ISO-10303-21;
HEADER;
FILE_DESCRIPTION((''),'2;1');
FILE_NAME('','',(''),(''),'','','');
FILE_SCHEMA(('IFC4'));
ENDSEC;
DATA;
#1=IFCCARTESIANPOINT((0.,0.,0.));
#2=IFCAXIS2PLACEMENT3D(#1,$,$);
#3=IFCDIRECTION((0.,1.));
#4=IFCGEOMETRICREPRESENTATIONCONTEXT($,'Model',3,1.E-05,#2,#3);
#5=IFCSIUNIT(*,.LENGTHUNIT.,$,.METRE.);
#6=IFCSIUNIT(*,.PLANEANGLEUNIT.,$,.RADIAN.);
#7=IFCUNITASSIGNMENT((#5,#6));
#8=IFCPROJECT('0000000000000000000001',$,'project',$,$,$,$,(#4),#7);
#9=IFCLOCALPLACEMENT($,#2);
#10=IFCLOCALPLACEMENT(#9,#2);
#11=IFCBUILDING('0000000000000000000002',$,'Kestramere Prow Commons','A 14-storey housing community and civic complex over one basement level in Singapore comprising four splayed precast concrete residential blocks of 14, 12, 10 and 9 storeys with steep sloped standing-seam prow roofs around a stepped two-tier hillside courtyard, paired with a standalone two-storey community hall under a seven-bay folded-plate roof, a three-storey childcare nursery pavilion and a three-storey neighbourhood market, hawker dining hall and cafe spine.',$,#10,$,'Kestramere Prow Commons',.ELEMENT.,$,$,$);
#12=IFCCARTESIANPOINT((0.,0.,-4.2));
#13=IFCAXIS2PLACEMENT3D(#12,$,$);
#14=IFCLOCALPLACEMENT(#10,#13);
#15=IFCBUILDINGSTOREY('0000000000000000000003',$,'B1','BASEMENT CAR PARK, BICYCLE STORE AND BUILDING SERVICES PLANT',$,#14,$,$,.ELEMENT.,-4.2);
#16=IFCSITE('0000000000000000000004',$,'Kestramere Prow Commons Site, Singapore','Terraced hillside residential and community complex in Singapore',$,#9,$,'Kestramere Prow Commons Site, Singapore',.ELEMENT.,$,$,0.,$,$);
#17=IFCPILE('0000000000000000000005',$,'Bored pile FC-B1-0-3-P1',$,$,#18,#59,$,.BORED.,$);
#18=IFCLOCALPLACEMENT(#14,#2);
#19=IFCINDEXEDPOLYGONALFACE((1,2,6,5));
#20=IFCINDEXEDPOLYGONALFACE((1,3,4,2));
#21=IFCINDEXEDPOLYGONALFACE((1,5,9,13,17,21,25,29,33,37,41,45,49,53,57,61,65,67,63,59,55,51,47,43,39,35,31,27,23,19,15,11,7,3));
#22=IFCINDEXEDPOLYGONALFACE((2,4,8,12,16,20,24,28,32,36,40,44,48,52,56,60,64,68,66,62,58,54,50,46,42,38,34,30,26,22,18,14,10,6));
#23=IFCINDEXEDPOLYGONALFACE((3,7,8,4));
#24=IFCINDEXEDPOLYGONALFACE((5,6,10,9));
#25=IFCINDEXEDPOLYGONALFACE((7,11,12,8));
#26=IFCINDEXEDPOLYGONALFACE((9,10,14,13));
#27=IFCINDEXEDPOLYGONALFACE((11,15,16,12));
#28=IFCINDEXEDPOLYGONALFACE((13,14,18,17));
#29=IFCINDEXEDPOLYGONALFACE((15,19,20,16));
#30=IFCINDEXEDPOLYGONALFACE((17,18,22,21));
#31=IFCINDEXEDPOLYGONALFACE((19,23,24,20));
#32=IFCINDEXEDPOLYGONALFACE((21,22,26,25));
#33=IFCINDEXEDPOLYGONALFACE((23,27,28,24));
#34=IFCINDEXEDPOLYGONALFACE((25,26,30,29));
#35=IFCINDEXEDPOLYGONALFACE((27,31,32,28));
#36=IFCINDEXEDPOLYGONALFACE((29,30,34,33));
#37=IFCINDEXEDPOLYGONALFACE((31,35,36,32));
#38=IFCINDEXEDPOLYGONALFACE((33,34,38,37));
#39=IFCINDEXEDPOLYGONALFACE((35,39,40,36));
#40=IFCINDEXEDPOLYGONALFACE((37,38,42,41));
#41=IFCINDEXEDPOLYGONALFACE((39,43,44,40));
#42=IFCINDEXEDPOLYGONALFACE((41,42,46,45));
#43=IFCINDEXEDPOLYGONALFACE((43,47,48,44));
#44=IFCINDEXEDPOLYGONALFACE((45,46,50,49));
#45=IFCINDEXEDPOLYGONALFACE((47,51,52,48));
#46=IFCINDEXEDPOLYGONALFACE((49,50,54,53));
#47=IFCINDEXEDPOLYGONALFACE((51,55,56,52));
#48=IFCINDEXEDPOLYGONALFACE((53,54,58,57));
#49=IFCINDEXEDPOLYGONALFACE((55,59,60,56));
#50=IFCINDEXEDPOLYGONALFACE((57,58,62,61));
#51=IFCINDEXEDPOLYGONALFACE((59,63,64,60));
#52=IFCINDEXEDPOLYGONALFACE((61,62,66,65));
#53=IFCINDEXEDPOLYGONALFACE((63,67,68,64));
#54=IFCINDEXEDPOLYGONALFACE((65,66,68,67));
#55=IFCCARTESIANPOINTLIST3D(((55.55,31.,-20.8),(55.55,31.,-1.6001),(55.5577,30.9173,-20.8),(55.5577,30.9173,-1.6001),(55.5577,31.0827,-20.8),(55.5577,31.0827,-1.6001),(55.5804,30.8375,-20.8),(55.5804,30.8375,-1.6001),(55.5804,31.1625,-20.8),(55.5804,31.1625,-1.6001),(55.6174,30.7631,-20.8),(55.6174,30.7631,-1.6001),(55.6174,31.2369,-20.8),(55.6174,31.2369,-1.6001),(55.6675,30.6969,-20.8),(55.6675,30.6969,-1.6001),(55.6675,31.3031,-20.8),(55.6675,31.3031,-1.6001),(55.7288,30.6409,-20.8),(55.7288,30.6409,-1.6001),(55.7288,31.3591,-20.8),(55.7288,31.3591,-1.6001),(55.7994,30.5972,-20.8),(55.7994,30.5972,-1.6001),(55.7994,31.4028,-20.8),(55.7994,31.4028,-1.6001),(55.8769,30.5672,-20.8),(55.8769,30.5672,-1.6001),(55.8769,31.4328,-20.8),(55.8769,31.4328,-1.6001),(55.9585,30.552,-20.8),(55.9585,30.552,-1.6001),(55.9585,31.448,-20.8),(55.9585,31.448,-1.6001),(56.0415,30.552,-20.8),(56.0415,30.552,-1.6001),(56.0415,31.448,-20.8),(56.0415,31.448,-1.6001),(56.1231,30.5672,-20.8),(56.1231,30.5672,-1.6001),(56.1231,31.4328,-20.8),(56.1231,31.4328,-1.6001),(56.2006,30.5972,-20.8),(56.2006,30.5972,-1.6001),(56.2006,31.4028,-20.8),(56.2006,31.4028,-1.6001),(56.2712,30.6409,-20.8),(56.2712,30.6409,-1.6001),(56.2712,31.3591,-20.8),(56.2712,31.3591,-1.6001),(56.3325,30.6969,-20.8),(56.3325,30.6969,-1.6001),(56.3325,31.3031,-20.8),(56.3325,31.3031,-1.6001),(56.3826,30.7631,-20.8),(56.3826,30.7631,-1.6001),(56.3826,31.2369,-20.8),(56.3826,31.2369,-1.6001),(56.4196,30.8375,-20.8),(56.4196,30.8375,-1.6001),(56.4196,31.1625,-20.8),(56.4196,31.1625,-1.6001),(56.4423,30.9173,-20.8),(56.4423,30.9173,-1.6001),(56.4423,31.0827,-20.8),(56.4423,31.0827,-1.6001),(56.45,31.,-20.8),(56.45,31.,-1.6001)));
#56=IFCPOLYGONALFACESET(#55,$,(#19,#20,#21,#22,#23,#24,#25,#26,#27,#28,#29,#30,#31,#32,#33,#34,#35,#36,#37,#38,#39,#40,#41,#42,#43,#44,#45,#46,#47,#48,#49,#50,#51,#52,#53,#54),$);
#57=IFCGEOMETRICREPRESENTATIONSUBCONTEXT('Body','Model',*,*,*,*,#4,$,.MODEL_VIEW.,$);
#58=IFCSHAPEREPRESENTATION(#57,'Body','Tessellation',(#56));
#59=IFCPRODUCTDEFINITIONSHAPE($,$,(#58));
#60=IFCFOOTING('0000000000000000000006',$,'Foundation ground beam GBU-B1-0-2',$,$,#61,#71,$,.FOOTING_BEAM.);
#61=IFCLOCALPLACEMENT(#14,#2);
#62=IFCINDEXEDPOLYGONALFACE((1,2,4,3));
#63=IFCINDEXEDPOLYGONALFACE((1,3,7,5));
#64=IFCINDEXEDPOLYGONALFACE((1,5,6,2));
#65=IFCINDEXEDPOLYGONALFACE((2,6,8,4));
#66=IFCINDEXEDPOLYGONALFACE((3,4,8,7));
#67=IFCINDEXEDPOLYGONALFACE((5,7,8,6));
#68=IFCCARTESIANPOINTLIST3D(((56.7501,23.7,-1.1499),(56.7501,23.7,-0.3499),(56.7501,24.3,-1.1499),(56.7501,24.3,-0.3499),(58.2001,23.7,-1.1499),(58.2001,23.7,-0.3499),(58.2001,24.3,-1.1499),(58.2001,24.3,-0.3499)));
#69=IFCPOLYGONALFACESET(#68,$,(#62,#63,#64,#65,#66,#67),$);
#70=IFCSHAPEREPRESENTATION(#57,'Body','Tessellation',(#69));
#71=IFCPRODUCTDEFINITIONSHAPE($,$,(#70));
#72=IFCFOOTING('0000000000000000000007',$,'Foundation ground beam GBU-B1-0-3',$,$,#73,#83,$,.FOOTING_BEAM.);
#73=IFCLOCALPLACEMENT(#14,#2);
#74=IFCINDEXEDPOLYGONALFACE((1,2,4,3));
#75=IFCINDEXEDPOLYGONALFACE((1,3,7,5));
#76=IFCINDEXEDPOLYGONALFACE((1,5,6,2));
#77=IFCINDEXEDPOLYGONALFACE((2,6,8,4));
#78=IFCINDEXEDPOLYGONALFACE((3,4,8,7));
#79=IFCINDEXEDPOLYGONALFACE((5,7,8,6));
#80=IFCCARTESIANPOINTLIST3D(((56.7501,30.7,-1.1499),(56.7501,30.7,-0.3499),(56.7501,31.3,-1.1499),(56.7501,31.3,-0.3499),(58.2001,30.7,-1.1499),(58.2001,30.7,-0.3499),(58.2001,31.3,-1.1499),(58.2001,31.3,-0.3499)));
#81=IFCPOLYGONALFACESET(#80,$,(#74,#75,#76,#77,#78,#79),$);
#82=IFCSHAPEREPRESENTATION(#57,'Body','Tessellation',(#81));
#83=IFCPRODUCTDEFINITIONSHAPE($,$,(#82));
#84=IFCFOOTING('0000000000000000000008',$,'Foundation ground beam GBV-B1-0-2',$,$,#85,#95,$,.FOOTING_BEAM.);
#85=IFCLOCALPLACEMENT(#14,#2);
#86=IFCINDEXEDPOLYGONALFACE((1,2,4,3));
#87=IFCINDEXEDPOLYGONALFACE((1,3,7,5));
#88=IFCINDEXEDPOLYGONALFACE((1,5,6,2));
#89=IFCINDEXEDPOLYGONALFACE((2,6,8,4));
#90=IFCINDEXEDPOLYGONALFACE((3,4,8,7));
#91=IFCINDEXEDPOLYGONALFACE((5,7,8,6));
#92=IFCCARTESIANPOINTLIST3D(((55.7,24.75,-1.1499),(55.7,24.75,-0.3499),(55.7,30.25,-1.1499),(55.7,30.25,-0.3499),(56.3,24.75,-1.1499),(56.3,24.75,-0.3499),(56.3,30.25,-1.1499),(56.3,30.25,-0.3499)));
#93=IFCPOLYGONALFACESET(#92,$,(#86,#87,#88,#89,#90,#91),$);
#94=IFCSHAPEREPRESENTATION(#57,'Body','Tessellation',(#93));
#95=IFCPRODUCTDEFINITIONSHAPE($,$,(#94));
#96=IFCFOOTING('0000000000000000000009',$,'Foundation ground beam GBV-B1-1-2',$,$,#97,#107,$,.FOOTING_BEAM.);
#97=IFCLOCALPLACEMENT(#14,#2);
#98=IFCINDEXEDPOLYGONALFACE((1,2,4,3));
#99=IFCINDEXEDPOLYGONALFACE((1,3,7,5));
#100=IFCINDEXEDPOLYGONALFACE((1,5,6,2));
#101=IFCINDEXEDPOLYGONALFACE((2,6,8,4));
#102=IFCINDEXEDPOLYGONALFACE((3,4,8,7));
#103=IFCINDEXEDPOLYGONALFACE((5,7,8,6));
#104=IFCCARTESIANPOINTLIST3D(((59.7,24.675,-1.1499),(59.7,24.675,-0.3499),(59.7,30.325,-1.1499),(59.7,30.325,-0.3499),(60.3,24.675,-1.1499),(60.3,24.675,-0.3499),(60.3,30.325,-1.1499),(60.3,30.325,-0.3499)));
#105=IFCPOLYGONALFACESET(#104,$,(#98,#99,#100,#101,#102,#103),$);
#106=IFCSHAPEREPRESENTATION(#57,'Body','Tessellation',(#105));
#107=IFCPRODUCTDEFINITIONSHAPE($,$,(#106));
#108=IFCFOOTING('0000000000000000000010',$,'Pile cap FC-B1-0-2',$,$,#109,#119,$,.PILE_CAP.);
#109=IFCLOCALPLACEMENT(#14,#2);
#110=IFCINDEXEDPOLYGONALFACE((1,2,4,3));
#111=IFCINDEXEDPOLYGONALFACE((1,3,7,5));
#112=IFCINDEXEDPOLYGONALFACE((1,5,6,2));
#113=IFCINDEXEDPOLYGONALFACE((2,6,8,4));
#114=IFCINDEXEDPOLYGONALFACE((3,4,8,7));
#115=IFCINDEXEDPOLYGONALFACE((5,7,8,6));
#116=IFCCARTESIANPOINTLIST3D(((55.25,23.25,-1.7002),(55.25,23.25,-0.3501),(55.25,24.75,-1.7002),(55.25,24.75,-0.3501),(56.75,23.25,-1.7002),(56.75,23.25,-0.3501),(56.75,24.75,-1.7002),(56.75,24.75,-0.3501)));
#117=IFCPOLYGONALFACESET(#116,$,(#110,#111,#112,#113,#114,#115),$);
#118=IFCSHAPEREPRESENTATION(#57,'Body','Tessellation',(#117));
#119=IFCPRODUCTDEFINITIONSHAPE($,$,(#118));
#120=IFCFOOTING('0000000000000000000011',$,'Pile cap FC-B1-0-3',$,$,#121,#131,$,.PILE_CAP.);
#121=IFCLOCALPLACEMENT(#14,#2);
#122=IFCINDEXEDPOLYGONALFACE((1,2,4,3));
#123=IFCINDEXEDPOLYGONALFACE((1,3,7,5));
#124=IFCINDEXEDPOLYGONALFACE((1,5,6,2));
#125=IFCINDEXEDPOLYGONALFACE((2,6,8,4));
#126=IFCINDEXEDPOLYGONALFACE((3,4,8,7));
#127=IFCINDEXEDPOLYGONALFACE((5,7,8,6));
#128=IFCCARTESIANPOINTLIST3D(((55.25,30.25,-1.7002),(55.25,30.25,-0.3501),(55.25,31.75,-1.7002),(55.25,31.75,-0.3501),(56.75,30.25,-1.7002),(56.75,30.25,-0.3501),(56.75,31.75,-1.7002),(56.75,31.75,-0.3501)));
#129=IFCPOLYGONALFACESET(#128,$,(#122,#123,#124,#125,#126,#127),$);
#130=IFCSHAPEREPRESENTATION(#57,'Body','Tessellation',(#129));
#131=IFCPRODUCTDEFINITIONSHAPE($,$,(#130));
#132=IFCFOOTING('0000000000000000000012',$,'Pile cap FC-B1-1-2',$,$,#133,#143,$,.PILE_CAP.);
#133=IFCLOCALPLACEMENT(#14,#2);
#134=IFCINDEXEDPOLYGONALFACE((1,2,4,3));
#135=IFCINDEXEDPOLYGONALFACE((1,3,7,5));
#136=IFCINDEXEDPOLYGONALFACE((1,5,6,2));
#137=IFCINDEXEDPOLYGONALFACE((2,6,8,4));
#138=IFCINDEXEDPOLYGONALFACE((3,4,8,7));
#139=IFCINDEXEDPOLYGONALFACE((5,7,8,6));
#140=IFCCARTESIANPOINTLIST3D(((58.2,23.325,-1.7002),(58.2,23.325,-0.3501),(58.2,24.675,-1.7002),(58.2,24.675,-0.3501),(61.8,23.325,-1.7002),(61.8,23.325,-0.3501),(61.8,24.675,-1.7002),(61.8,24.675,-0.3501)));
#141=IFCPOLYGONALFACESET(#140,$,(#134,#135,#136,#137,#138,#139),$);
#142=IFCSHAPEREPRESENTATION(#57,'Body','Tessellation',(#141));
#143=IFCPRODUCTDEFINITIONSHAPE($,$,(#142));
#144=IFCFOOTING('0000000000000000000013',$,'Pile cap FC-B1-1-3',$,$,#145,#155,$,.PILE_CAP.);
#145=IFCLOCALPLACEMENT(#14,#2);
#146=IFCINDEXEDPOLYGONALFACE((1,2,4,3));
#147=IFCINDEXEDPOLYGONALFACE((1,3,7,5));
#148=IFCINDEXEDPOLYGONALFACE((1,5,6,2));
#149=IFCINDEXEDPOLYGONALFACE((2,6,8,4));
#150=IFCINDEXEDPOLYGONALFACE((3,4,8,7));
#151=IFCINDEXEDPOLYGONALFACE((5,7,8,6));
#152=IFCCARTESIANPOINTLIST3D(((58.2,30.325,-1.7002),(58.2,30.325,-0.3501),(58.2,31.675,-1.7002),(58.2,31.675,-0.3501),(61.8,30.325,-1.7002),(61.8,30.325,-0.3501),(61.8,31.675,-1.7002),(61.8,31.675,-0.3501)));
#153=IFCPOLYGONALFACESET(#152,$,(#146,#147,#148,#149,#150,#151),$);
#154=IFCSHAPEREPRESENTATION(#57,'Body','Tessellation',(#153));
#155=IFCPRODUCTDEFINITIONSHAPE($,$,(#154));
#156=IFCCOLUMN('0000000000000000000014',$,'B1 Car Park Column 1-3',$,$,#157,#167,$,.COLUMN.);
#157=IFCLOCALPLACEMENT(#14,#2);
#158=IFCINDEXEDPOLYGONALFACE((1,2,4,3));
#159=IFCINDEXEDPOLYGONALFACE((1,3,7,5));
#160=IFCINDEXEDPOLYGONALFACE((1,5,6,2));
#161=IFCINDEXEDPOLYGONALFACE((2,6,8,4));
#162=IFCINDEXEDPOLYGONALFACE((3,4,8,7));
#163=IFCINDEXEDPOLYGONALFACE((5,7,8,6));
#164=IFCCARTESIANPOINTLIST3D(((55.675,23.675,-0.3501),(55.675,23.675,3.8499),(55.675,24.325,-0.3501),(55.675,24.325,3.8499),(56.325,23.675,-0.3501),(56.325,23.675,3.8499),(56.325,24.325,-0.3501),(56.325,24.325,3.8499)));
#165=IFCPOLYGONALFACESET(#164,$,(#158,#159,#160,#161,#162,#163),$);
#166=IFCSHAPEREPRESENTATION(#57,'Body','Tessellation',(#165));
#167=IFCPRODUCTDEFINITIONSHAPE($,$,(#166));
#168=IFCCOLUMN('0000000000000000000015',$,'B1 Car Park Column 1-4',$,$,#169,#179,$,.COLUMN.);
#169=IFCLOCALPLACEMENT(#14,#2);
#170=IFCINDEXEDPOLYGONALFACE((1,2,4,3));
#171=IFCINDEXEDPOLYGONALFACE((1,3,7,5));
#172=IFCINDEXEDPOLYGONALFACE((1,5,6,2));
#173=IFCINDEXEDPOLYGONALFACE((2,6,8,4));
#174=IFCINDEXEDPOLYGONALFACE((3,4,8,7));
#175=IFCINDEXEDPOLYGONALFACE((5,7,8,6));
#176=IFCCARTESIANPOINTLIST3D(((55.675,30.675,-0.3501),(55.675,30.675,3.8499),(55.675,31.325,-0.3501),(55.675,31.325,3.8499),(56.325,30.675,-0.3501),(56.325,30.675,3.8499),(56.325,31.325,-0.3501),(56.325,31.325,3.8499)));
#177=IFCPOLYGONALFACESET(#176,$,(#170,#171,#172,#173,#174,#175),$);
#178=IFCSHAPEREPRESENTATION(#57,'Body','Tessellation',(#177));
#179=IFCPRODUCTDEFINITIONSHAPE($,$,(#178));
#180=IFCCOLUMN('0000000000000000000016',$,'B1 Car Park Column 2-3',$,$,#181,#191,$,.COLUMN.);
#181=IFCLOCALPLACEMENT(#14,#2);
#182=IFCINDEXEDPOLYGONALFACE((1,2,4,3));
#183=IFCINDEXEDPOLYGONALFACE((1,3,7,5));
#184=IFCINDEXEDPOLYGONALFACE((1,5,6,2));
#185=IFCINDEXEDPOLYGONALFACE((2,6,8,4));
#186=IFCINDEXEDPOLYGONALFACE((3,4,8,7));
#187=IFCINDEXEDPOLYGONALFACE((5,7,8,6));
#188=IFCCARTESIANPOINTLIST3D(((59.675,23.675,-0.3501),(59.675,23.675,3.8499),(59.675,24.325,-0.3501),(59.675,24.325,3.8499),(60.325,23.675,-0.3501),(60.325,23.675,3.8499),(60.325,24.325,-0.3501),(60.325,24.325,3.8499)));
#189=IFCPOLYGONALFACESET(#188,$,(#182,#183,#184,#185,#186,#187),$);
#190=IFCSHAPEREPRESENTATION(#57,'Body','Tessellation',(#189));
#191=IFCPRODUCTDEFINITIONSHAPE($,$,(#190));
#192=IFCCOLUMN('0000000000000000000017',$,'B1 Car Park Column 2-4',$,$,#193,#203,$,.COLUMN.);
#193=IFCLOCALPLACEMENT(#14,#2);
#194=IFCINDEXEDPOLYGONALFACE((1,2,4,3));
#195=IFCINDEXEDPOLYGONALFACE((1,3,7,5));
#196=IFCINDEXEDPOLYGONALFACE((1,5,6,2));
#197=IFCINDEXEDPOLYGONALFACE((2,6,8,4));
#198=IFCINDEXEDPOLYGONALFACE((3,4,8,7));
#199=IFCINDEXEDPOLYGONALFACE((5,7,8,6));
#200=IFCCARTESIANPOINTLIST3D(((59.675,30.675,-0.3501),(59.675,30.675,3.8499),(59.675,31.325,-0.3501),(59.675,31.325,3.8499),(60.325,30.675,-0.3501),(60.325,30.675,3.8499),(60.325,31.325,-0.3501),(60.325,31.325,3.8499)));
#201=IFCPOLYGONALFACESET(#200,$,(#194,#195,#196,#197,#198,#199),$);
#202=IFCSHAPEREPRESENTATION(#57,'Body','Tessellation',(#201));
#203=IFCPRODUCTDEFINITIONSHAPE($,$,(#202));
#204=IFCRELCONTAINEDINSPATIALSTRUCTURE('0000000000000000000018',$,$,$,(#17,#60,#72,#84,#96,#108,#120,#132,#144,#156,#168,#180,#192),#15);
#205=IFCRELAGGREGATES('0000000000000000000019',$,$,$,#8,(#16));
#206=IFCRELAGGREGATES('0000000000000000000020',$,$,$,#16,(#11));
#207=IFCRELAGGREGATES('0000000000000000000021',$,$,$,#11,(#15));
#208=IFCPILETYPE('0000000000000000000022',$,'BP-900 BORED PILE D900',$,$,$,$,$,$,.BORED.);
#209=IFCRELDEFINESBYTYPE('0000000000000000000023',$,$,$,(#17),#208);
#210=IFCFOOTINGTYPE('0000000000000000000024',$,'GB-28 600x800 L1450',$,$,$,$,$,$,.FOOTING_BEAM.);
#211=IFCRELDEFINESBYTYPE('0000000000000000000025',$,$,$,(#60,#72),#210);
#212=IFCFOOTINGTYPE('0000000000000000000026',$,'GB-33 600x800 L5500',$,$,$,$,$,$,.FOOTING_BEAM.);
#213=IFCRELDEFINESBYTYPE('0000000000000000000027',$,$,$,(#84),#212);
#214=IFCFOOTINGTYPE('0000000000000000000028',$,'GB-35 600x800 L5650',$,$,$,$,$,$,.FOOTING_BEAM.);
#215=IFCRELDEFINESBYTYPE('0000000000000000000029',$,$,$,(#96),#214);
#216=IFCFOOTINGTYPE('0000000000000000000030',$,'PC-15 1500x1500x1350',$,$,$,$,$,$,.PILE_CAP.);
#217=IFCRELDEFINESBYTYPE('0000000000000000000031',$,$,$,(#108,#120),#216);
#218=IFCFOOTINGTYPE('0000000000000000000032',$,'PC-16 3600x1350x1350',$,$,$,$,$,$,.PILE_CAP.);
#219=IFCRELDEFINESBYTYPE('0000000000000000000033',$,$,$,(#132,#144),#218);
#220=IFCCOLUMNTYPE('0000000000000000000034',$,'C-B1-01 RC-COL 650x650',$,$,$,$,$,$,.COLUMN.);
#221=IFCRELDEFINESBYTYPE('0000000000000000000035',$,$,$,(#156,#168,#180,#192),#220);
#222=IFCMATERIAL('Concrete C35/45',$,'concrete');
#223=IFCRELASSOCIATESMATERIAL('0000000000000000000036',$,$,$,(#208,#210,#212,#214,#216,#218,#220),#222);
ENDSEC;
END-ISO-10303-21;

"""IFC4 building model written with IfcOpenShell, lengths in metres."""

from ifc_helpers import new_model, si_unit, direction, frame, origin, origin_2d, place, context, subcontext, project, spatial, rectangle, circle, extrude, material, material_profile, profile_set, type_object, element, save


model = new_model("IFC4")

# Units and contexts
model_context = context("Model", 3, precision=1e-05, world=origin(), true_north=direction((0.0, 1.0)))
body_context = subcontext(model_context, "Body", "Model", "MODEL_VIEW")
ifc_project = project(units=[si_unit("LENGTHUNIT", "METRE"), si_unit("PLANEANGLEUNIT", "RADIAN")], contexts=[model_context])

# Site, building, storey
site_placement = place(None, origin())
site = spatial("IfcSite", under=ifc_project, at=site_placement, Name="Kestramere Prow Commons Site, Singapore", Description="Terraced hillside residential and community complex in Singapore", LongName="Kestramere Prow Commons Site, Singapore", CompositionType="ELEMENT", RefElevation=0.0)
building_placement = place(site_placement, origin())
building = spatial("IfcBuilding", under=site, at=building_placement, Name="Kestramere Prow Commons", Description="A 14-storey housing community and civic complex over one basement level in Singapore comprising four splayed precast concrete residential blocks of 14, 12, 10 and 9 storeys with steep sloped standing-seam prow roofs around a stepped two-tier hillside courtyard, paired with a standalone two-storey community hall under a seven-bay folded-plate roof, a three-storey childcare nursery pavilion and a three-storey neighbourhood market, hawker dining hall and cafe spine.", LongName="Kestramere Prow Commons", CompositionType="ELEMENT")
storey_placement = place(building_placement, frame((0.0, 0.0, -4.2)))
storey = spatial("IfcBuildingStorey", under=building, at=storey_placement, Name="B1", Description="BASEMENT CAR PARK, BICYCLE STORE AND BUILDING SERVICES PLANT", CompositionType="ELEMENT", Elevation=-4.2)

# Pile
ifc_material_1 = material(Name="Concrete C35/45", Category="concrete")
ifc_material_profile_1 = material_profile(ifc_material_1, circle(Radius=0.45, at=origin_2d()), Name="BORED PILE D900")
ifc_profile_set_1 = profile_set([ifc_material_profile_1], Name="Concrete C35/45")
pile_type_1 = type_object("IfcPileType", Name="BP-900 BORED PILE D900", PredefinedType="BORED", material=ifc_profile_set_1)
for number, where, z_axis, x_axis, name in (
    (1, (56.0, 31.0, -1.6001), (0.0, 0.0, -1.0), (1.0, 0.0, 0.0), "Bored pile FC-B1-0-3-P1"),
):
    element("IfcPile", number, at=place(storey_placement, frame(where, z_axis=z_axis, x_axis=x_axis)), inside=storey, type_object=pile_type_1, Name=name, PredefinedType="BORED", context=body_context, shape_type="SweptSolid", body=[
        extrude(circle(Radius=0.45, at=origin_2d()), origin(), (0.0, 0.0, 1.0), 19.2),
    ])

# Footings
footing_type_1 = type_object("IfcFootingType", Name="GB-28 600x800 L1450", PredefinedType="FOOTING_BEAM", material=ifc_material_1)
for number, where, z_axis, x_axis, name in (
    (2, (57.4751, 24.0, -1.1499), (0.0, 0.0, 1.0), (1.0, 0.0, 0.0), "Foundation ground beam GBU-B1-0-2"),
    (3, (57.4751, 31.0, -1.1499), (0.0, 0.0, 1.0), (1.0, 0.0, 0.0), "Foundation ground beam GBU-B1-0-3"),
):
    element("IfcFooting", number, at=place(storey_placement, frame(where, z_axis=z_axis, x_axis=x_axis)), inside=storey, type_object=footing_type_1, Name=name, PredefinedType="FOOTING_BEAM", context=body_context, shape_type="SweptSolid", body=[
        extrude(rectangle(XDim=1.45, YDim=0.6001, at=origin_2d()), origin(), (0.0, 0.0, 1.0), 0.8),
    ])
footing_type_2 = type_object("IfcFootingType", Name="GB-33 600x800 L5500", PredefinedType="FOOTING_BEAM", material=ifc_material_1)
footing_1_placement = place(storey_placement, frame((56.0, 27.5, -1.1499), z_axis=(0.0, 0.0, 1.0), x_axis=(0.0, 1.0, 0.0)))
element("IfcFooting", 4, at=footing_1_placement, inside=storey, type_object=footing_type_2, Name="Foundation ground beam GBV-B1-0-2", PredefinedType="FOOTING_BEAM", context=body_context, shape_type="SweptSolid", body=[
    extrude(rectangle(XDim=5.5, YDim=0.6001, at=origin_2d()), origin(), (0.0, 0.0, 1.0), 0.8),
])
footing_type_3 = type_object("IfcFootingType", Name="GB-35 600x800 L5650", PredefinedType="FOOTING_BEAM", material=ifc_material_1)
footing_2_placement = place(storey_placement, frame((60.0, 27.5, -1.1499), z_axis=(0.0, 0.0, 1.0), x_axis=(0.0, 1.0, 0.0)))
element("IfcFooting", 5, at=footing_2_placement, inside=storey, type_object=footing_type_3, Name="Foundation ground beam GBV-B1-1-2", PredefinedType="FOOTING_BEAM", context=body_context, shape_type="SweptSolid", body=[
    extrude(rectangle(XDim=5.6499, YDim=0.6001, at=origin_2d()), origin(), (0.0, 0.0, 1.0), 0.8),
])
footing_type_4 = type_object("IfcFootingType", Name="PC-15 1500x1500x1350", PredefinedType="PILE_CAP", material=ifc_material_1)
for number, where, z_axis, x_axis, name in (
    (6, (56.0, 24.0, -1.7002), (0.0, 0.0, 1.0), (1.0, 0.0, 0.0), "Pile cap FC-B1-0-2"),
    (7, (56.0, 31.0, -1.7002), (0.0, 0.0, 1.0), (1.0, 0.0, 0.0), "Pile cap FC-B1-0-3"),
):
    element("IfcFooting", number, at=place(storey_placement, frame(where, z_axis=z_axis, x_axis=x_axis)), inside=storey, type_object=footing_type_4, Name=name, PredefinedType="PILE_CAP", context=body_context, shape_type="SweptSolid", body=[
        extrude(rectangle(XDim=1.5, YDim=1.5, at=origin_2d()), origin(), (0.0, 0.0, 1.0), 1.3501),
    ])
footing_type_5 = type_object("IfcFootingType", Name="PC-16 3600x1350x1350", PredefinedType="PILE_CAP", material=ifc_material_1)
for number, where, z_axis, x_axis, name in (
    (8, (60.0, 24.0, -1.7002), (0.0, 0.0, 1.0), (1.0, 0.0, 0.0), "Pile cap FC-B1-1-2"),
    (9, (60.0, 31.0, -1.7002), (0.0, 0.0, 1.0), (1.0, 0.0, 0.0), "Pile cap FC-B1-1-3"),
):
    element("IfcFooting", number, at=place(storey_placement, frame(where, z_axis=z_axis, x_axis=x_axis)), inside=storey, type_object=footing_type_5, Name=name, PredefinedType="PILE_CAP", context=body_context, shape_type="SweptSolid", body=[
        extrude(rectangle(XDim=3.6001, YDim=1.3501, at=origin_2d()), origin(), (0.0, 0.0, 1.0), 1.3501),
    ])

# Columns
ifc_material_profile_2 = material_profile(ifc_material_1, rectangle(XDim=0.6499, YDim=0.6499, at=origin_2d()), Name="RC-COL 650x650")
ifc_profile_set_2 = profile_set([ifc_material_profile_2], Name="Concrete C35/45")
column_type = type_object("IfcColumnType", Name="C-B1-01 RC-COL 650x650", PredefinedType="COLUMN", material=ifc_profile_set_2)
for number, where, z_axis, x_axis, name in (
    (10, (56.0, 24.0, -0.3501), (0.0, 0.0, 1.0), (1.0, 0.0, 0.0), "B1 Car Park Column 1-3"),
    (11, (56.0, 31.0, -0.3501), (0.0, 0.0, 1.0), (1.0, 0.0, 0.0), "B1 Car Park Column 1-4"),
    (12, (60.0, 24.0, -0.3501), (0.0, 0.0, 1.0), (1.0, 0.0, 0.0), "B1 Car Park Column 2-3"),
    (13, (60.0, 31.0, -0.3501), (0.0, 0.0, 1.0), (1.0, 0.0, 0.0), "B1 Car Park Column 2-4"),
):
    element("IfcColumn", number, at=place(storey_placement, frame(where, z_axis=z_axis, x_axis=x_axis)), inside=storey, type_object=column_type, Name=name, PredefinedType="COLUMN", context=body_context, shape_type="SweptSolid", body=[
        extrude(rectangle(XDim=0.6499, YDim=0.6499, at=origin_2d()), origin(), (0.0, 0.0, 1.0), 4.2),
    ])

save(model, "model.ifc")
